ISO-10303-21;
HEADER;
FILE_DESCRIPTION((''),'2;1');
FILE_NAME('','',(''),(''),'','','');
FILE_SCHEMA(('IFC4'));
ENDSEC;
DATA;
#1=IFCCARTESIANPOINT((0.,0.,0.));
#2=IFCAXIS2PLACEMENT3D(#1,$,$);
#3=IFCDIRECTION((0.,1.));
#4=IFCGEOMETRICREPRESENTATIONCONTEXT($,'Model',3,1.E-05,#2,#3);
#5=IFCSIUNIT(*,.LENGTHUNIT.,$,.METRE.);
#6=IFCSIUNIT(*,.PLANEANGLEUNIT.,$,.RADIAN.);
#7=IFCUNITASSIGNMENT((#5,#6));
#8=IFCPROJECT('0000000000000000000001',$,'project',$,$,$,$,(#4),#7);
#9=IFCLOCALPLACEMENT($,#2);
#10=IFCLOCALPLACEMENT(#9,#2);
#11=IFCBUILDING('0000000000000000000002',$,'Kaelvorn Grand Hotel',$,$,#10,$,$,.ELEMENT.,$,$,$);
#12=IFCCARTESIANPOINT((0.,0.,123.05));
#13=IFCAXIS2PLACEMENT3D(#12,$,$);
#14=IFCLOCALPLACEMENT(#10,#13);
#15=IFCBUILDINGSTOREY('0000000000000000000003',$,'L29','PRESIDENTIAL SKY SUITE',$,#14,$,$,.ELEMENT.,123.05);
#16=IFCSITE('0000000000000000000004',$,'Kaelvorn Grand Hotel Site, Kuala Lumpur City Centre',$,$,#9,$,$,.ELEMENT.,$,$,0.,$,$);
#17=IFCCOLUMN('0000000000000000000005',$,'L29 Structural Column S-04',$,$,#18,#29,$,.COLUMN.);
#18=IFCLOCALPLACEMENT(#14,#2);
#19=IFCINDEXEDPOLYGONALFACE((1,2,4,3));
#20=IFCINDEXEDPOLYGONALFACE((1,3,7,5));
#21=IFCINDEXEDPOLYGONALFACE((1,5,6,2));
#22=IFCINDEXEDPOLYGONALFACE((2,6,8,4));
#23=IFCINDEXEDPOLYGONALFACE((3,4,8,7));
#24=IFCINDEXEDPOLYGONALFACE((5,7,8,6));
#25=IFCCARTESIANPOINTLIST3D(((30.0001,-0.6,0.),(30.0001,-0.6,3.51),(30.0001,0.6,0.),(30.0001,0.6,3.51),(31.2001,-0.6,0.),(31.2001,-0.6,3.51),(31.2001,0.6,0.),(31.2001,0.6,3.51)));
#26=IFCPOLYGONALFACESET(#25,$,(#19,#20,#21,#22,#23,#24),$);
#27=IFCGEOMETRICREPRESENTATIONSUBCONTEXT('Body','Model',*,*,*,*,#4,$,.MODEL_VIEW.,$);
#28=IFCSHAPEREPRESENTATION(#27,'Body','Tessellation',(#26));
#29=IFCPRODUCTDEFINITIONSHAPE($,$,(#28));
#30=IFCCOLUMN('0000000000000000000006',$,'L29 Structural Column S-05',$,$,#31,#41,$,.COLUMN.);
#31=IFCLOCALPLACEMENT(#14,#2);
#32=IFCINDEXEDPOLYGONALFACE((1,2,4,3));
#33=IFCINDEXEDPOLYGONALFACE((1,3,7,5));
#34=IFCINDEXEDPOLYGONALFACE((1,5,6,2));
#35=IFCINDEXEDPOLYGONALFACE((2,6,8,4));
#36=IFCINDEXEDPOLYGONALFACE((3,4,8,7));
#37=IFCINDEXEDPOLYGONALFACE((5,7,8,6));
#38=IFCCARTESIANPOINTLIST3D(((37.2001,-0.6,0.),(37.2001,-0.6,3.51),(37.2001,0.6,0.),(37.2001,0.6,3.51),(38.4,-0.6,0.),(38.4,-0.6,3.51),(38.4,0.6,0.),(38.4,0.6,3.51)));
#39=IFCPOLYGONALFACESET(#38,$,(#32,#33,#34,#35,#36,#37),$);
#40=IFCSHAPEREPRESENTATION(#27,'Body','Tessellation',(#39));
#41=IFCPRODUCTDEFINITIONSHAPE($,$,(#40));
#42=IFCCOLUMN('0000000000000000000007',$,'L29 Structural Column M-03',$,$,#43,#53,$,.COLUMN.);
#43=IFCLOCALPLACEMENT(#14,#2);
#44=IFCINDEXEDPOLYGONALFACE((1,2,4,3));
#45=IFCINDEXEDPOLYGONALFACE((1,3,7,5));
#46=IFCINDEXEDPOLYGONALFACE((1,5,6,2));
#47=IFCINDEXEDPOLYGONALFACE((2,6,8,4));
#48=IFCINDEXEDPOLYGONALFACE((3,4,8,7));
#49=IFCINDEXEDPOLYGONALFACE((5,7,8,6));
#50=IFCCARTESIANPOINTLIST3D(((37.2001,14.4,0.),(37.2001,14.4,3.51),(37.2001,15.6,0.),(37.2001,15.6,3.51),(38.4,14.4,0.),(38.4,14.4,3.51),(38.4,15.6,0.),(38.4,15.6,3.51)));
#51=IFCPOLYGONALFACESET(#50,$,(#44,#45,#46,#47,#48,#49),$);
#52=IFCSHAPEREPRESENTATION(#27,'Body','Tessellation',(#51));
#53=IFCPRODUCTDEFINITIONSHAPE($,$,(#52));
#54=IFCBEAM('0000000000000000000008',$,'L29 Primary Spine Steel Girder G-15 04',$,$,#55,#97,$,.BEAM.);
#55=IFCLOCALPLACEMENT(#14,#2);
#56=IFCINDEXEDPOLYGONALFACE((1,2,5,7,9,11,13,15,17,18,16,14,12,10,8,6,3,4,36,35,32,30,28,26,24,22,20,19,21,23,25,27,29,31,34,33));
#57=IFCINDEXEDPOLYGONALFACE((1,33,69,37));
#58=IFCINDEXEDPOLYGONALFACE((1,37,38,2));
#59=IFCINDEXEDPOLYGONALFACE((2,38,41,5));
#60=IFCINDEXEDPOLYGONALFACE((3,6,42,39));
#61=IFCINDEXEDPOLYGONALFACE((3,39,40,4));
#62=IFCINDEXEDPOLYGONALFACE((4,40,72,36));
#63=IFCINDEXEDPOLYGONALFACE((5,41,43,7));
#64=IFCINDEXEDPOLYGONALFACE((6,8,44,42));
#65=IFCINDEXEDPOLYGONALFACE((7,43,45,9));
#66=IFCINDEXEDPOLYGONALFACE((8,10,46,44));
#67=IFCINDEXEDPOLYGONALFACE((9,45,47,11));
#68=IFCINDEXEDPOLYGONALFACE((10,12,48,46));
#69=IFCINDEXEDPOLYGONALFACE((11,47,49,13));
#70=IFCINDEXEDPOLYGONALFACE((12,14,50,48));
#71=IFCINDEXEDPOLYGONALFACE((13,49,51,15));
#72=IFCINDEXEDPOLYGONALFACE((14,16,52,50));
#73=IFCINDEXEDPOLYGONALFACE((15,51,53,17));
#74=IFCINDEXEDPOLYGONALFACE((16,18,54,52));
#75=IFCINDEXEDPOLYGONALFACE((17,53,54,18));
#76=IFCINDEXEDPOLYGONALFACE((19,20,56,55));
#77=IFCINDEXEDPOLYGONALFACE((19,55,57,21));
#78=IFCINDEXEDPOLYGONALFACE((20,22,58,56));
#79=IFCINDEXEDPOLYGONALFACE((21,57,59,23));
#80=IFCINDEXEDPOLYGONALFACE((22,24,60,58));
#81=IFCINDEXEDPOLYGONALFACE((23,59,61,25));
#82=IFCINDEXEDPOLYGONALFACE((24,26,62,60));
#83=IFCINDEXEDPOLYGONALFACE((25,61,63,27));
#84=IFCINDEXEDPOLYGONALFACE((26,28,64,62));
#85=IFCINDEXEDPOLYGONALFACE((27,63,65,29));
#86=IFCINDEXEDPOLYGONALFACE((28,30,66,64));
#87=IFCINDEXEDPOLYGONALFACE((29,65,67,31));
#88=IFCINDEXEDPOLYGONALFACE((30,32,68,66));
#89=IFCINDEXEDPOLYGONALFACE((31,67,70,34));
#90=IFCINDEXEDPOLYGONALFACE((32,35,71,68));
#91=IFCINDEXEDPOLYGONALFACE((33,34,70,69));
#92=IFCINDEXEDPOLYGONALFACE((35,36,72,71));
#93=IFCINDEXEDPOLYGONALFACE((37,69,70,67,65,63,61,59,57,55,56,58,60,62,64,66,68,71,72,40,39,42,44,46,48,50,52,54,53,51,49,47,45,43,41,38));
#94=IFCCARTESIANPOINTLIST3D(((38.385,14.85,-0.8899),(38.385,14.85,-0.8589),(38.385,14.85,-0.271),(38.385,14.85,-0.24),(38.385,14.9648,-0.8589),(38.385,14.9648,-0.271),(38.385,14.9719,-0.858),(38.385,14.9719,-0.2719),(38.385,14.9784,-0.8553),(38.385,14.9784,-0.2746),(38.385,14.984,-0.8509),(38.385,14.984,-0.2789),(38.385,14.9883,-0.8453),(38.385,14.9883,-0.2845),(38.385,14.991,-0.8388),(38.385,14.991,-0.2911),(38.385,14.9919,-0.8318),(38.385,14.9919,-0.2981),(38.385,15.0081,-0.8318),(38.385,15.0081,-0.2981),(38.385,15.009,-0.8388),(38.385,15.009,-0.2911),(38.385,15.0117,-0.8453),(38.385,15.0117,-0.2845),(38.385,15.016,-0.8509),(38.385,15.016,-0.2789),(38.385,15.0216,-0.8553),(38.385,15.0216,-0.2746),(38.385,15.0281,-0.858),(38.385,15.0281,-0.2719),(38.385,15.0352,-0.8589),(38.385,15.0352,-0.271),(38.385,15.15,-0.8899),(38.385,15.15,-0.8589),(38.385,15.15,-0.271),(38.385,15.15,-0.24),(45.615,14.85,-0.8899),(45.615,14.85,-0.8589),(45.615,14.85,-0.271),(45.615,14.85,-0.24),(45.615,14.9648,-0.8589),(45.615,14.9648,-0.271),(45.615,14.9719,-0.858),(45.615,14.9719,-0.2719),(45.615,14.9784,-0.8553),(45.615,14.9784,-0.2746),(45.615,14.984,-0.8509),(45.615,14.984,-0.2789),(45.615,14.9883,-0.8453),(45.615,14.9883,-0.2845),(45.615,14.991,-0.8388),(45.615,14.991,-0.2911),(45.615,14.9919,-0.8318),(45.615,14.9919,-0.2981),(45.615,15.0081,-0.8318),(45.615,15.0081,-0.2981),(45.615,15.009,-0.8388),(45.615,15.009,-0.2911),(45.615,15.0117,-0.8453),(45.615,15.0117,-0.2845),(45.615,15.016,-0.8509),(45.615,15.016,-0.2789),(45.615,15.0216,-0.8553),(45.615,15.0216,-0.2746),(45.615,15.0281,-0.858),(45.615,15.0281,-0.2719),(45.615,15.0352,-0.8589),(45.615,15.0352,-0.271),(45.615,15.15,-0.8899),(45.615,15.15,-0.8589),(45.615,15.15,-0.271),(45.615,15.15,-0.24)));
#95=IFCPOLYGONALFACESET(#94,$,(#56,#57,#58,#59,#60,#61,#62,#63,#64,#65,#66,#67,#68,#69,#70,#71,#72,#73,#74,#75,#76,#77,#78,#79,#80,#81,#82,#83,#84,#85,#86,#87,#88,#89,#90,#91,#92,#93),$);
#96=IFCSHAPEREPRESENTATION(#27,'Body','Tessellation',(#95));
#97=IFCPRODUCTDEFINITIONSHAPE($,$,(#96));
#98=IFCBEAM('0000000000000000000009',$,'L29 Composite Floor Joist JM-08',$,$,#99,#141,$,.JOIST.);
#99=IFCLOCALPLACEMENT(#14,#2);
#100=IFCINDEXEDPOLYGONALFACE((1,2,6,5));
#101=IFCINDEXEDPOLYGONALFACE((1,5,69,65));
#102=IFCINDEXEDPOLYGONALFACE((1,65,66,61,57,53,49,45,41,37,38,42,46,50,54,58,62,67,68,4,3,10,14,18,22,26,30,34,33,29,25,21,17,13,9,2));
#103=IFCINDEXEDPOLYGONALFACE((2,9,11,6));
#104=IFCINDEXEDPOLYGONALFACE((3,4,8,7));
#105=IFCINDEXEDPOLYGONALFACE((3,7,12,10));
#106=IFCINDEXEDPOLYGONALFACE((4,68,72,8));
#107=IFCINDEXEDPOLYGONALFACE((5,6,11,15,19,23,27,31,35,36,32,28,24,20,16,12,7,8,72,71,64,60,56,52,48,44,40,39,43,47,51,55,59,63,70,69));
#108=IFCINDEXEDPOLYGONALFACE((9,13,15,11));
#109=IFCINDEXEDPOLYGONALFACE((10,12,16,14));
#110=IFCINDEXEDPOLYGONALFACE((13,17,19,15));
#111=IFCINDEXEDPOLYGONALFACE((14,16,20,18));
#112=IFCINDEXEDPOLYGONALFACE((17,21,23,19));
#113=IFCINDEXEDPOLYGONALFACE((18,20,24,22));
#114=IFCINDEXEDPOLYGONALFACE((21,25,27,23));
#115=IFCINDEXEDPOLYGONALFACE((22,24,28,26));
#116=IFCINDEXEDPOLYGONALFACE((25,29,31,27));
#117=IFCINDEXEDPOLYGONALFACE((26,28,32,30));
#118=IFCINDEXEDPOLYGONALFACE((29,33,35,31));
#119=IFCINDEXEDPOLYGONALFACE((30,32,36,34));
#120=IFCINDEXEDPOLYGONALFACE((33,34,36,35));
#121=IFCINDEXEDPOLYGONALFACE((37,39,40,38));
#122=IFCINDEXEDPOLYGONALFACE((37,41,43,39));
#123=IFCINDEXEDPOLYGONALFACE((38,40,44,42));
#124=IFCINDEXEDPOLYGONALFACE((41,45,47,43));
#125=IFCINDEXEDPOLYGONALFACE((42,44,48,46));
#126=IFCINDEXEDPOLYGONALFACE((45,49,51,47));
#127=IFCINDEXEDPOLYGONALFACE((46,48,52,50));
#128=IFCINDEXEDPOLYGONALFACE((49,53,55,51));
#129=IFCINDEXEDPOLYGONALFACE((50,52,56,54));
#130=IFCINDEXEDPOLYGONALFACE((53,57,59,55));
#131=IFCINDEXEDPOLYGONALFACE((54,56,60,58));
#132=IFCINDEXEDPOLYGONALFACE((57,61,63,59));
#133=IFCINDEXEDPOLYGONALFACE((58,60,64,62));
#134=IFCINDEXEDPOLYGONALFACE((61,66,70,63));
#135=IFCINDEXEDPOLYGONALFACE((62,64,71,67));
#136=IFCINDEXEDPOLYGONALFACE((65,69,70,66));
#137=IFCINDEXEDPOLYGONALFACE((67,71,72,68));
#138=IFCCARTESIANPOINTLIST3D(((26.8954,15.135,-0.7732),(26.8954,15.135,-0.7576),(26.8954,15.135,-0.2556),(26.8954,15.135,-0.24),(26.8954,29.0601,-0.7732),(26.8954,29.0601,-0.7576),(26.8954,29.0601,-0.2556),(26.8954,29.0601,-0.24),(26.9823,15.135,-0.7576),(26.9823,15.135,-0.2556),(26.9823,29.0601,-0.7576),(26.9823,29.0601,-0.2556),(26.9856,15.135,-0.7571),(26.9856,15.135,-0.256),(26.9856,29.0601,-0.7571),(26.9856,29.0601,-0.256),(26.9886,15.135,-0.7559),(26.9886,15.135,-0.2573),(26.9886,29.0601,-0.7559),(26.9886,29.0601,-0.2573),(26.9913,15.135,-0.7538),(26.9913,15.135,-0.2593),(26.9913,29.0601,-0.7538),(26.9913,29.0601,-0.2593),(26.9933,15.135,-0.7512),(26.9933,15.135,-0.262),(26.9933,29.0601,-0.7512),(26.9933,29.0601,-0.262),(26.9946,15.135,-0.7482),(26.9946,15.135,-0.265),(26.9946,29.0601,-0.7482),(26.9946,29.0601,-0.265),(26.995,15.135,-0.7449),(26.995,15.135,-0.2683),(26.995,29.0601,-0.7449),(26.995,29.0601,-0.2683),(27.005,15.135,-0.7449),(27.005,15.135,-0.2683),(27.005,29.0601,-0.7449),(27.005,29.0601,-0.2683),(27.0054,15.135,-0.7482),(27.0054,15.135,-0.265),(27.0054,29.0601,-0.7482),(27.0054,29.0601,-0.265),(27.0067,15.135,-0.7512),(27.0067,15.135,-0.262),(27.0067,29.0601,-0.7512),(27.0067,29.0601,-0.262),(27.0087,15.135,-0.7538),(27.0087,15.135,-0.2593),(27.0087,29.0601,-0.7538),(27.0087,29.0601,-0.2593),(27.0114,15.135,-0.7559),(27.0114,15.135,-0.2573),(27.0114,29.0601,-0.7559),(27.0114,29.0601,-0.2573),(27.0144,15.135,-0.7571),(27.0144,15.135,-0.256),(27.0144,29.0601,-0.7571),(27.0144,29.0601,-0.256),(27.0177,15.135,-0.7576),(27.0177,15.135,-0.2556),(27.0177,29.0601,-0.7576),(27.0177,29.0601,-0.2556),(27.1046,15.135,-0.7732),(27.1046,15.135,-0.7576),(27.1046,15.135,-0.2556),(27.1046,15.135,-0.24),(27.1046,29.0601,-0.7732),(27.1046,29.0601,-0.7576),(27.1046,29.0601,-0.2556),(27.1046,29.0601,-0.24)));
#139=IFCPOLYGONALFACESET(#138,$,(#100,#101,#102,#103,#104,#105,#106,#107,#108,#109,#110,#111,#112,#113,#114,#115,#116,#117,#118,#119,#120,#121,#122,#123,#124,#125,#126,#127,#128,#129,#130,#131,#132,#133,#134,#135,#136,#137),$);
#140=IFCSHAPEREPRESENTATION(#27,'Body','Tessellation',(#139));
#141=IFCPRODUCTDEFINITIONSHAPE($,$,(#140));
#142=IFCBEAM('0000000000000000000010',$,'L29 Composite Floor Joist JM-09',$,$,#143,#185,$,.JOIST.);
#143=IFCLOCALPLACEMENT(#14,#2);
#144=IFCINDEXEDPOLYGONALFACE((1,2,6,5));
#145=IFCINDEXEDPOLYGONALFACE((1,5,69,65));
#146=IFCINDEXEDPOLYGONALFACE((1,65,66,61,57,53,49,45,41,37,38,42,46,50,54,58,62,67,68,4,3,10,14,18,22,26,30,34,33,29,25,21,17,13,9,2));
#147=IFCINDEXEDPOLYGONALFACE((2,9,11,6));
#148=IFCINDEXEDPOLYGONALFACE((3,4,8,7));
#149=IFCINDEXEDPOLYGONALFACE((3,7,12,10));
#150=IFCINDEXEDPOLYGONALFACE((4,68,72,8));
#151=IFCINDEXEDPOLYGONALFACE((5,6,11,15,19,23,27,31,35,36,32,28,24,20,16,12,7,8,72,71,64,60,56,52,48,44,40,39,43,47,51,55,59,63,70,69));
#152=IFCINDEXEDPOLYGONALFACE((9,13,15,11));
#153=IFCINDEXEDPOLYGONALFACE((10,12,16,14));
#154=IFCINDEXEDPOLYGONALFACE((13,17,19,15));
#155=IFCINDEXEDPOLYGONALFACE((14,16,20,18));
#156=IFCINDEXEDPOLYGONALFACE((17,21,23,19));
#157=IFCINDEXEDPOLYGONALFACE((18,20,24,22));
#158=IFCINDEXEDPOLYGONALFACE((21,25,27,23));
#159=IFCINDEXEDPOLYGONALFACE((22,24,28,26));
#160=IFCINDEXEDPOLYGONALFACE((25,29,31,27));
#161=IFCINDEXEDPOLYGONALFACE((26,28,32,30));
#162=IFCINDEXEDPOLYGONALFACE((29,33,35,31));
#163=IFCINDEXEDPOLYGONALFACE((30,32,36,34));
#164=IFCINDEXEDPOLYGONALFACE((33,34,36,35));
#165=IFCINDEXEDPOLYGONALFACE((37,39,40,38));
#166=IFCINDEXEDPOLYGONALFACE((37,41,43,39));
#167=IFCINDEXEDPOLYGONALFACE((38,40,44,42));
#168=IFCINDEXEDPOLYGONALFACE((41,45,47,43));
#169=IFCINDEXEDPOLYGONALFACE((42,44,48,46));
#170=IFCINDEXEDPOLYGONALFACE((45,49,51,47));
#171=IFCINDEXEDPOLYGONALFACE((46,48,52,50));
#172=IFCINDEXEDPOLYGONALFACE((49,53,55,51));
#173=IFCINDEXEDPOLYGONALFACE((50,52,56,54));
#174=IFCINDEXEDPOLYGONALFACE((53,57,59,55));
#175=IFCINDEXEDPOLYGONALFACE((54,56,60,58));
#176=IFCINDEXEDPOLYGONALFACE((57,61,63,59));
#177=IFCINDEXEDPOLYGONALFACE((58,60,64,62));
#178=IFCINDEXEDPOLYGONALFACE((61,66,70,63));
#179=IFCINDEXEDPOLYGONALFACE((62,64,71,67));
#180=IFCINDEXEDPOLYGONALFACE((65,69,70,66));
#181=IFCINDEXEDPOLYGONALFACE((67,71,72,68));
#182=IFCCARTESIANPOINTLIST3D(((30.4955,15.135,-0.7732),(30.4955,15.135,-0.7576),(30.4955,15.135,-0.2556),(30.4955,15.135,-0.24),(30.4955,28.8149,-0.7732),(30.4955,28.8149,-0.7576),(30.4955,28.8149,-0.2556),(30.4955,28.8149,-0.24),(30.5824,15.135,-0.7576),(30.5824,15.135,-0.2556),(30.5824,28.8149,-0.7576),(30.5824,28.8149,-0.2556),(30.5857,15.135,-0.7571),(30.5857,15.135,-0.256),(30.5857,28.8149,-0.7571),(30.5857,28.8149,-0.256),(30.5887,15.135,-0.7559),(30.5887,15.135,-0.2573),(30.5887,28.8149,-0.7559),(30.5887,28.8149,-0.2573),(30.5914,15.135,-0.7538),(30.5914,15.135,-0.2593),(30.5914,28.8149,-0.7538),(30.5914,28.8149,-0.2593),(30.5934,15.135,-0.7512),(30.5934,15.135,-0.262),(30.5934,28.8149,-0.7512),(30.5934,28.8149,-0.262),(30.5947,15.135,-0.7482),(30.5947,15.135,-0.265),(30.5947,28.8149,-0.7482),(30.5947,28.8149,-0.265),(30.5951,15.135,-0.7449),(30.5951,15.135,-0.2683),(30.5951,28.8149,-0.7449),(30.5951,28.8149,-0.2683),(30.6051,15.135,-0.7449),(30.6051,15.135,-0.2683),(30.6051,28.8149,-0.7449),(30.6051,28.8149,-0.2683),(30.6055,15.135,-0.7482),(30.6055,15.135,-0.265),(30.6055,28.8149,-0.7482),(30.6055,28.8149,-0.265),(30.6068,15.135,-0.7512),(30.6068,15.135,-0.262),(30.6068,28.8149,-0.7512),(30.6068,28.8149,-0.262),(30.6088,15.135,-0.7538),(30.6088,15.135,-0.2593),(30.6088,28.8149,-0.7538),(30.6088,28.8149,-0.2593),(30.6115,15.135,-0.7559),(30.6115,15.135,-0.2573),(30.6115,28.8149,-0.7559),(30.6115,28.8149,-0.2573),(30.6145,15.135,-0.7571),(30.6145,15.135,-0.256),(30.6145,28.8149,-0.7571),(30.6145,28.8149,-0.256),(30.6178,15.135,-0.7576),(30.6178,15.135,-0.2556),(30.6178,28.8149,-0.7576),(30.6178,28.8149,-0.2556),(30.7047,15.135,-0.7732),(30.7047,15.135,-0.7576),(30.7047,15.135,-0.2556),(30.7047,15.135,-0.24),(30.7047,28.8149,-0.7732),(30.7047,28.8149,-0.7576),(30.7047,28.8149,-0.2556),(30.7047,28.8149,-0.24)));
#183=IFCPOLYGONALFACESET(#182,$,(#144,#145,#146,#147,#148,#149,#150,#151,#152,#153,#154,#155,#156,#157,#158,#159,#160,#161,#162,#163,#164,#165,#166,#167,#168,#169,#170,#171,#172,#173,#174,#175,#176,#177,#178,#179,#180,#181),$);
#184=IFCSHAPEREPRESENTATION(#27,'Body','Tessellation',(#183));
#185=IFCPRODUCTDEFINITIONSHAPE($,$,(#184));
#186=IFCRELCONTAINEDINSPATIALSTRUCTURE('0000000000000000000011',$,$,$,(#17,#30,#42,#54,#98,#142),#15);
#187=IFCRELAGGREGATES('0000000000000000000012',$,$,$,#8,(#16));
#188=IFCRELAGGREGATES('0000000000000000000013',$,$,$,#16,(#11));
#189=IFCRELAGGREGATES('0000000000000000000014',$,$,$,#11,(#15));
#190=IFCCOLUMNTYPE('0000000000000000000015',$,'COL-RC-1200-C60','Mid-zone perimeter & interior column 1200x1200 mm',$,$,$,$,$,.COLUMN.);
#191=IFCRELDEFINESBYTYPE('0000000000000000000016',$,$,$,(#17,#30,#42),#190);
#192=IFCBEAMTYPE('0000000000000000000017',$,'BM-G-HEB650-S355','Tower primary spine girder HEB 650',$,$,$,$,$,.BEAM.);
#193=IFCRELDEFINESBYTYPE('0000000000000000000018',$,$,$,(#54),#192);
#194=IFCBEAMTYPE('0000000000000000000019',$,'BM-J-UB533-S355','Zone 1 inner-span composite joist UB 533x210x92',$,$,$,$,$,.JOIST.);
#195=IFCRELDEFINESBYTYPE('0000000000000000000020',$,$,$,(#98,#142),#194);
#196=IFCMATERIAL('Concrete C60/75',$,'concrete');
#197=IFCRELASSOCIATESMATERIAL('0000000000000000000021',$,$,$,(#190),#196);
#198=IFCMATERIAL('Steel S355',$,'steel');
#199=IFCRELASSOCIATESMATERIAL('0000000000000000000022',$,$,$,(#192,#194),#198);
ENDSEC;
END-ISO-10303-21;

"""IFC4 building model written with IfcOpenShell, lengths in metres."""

from ifc_helpers import new_model, si_unit, direction, frame, origin, origin_2d, place, context, subcontext, project, spatial, rectangle, i_section, extrude, material, material_profile, profile_set, type_object, element, save


model = new_model("IFC4")

# Units and contexts
model_context = context("Model", 3, precision=1e-05, world=origin(), true_north=direction((0.0, 1.0)))
body_context = subcontext(model_context, "Body", "Model", "MODEL_VIEW")
ifc_project = project(units=[si_unit("LENGTHUNIT", "METRE"), si_unit("PLANEANGLEUNIT", "RADIAN")], contexts=[model_context])

# Site, building, storey
site_placement = place(None, origin())
site = spatial("IfcSite", under=ifc_project, at=site_placement, Name="Kaelvorn Grand Hotel Site, Kuala Lumpur City Centre", CompositionType="ELEMENT", RefElevation=0.0)
building_placement = place(site_placement, origin())
building = spatial("IfcBuilding", under=site, at=building_placement, Name="Kaelvorn Grand Hotel", CompositionType="ELEMENT")
storey_placement = place(building_placement, frame((0.0, 0.0, 123.05)))
storey = spatial("IfcBuildingStorey", under=building, at=storey_placement, Name="L29", Description="PRESIDENTIAL SKY SUITE", CompositionType="ELEMENT", Elevation=123.05)

# Columns
ifc_material_1 = material(Name="Concrete C60/75", Category="concrete")
ifc_material_profile_1 = material_profile(ifc_material_1, rectangle(XDim=1.2, YDim=1.2, at=origin_2d()), Name="RC COL 1200x1200")
ifc_profile_set_1 = profile_set([ifc_material_profile_1], Name="Concrete C60/75")
column_type = type_object("IfcColumnType", Name="COL-RC-1200-C60", Description="Mid-zone perimeter & interior column 1200x1200 mm", PredefinedType="COLUMN", material=ifc_profile_set_1)
for number, where, z_axis, x_axis, name in (
    (1, (30.6001, 0.0, 0.0), (0.0, 0.0, 1.0), (1.0, 0.0, 0.0), "L29 Structural Column S-04"),
    (2, (37.8, 0.0, 0.0), (0.0, 0.0, 1.0), (1.0, 0.0, 0.0), "L29 Structural Column S-05"),
    (3, (37.8, 15.0, 0.0), (0.0, 0.0, 1.0), (1.0, 0.0, 0.0), "L29 Structural Column M-03"),
):
    element("IfcColumn", number, at=place(storey_placement, frame(where, z_axis=z_axis, x_axis=x_axis)), inside=storey, type_object=column_type, Name=name, PredefinedType="COLUMN", context=body_context, shape_type="SweptSolid", body=[
        extrude(rectangle(XDim=1.2, YDim=1.2, at=origin_2d()), origin(), (0.0, 0.0, 1.0), 3.51),
    ])

# Beams
ifc_material_2 = material(Name="Steel S355", Category="steel")
ifc_material_profile_2 = material_profile(ifc_material_2, i_section(OverallWidth=0.3, OverallDepth=0.6499, WebThickness=0.0161, FlangeThickness=0.031, FilletRadius=0.0271, at=origin_2d()), Name="HEB 650")
ifc_profile_set_2 = profile_set([ifc_material_profile_2], Name="Steel S355")
beam_type_1 = type_object("IfcBeamType", Name="BM-G-HEB650-S355", Description="Tower primary spine girder HEB 650", PredefinedType="BEAM", material=ifc_profile_set_2)
beam_1_placement = place(storey_placement, frame((38.385, 15.0, -0.5649), z_axis=(1.0, 0.0, 0.0), x_axis=(0.0, 1.0, 0.0)))
element("IfcBeam", 4, at=beam_1_placement, inside=storey, type_object=beam_type_1, Name="L29 Primary Spine Steel Girder G-15 04", PredefinedType="BEAM", context=body_context, shape_type="SweptSolid", body=[
    extrude(i_section(OverallWidth=0.3, OverallDepth=0.6499, WebThickness=0.0161, FlangeThickness=0.031, FilletRadius=0.0271, at=origin_2d()), origin(), (0.0, 0.0, 1.0), 7.23),
])
ifc_material_profile_3 = material_profile(ifc_material_2, i_section(OverallWidth=0.2092, OverallDepth=0.5332, WebThickness=0.01, FlangeThickness=0.0156, FilletRadius=0.0127, at=origin_2d()), Name="UB 533x210x92")
ifc_profile_set_3 = profile_set([ifc_material_profile_3], Name="Steel S355")
beam_type_2 = type_object("IfcBeamType", Name="BM-J-UB533-S355", Description="Zone 1 inner-span composite joist UB 533x210x92", PredefinedType="JOIST", material=ifc_profile_set_3)
beam_2_placement = place(storey_placement, frame((27.0, 15.135, -0.5066), z_axis=(0.0, 1.0, 0.0), x_axis=(-1.0, 0.0, 0.0)))
element("IfcBeam", 5, at=beam_2_placement, inside=storey, type_object=beam_type_2, Name="L29 Composite Floor Joist JM-08", PredefinedType="JOIST", context=body_context, shape_type="SweptSolid", body=[
    extrude(i_section(OverallWidth=0.2092, OverallDepth=0.5332, WebThickness=0.01, FlangeThickness=0.0156, FilletRadius=0.0127, at=origin_2d()), origin(), (0.0, 0.0, 1.0), 13.925),
])
beam_3_placement = place(storey_placement, frame((30.6001, 15.135, -0.5066), z_axis=(0.0, 1.0, 0.0), x_axis=(-1.0, 0.0, 0.0)))
element("IfcBeam", 6, at=beam_3_placement, inside=storey, type_object=beam_type_2, Name="L29 Composite Floor Joist JM-09", PredefinedType="JOIST", context=body_context, shape_type="SweptSolid", body=[
    extrude(i_section(OverallWidth=0.2092, OverallDepth=0.5332, WebThickness=0.01, FlangeThickness=0.0156, FilletRadius=0.0127, at=origin_2d()), origin(), (0.0, 0.0, 1.0), 13.6799),
])

save(model, "model.ifc")
